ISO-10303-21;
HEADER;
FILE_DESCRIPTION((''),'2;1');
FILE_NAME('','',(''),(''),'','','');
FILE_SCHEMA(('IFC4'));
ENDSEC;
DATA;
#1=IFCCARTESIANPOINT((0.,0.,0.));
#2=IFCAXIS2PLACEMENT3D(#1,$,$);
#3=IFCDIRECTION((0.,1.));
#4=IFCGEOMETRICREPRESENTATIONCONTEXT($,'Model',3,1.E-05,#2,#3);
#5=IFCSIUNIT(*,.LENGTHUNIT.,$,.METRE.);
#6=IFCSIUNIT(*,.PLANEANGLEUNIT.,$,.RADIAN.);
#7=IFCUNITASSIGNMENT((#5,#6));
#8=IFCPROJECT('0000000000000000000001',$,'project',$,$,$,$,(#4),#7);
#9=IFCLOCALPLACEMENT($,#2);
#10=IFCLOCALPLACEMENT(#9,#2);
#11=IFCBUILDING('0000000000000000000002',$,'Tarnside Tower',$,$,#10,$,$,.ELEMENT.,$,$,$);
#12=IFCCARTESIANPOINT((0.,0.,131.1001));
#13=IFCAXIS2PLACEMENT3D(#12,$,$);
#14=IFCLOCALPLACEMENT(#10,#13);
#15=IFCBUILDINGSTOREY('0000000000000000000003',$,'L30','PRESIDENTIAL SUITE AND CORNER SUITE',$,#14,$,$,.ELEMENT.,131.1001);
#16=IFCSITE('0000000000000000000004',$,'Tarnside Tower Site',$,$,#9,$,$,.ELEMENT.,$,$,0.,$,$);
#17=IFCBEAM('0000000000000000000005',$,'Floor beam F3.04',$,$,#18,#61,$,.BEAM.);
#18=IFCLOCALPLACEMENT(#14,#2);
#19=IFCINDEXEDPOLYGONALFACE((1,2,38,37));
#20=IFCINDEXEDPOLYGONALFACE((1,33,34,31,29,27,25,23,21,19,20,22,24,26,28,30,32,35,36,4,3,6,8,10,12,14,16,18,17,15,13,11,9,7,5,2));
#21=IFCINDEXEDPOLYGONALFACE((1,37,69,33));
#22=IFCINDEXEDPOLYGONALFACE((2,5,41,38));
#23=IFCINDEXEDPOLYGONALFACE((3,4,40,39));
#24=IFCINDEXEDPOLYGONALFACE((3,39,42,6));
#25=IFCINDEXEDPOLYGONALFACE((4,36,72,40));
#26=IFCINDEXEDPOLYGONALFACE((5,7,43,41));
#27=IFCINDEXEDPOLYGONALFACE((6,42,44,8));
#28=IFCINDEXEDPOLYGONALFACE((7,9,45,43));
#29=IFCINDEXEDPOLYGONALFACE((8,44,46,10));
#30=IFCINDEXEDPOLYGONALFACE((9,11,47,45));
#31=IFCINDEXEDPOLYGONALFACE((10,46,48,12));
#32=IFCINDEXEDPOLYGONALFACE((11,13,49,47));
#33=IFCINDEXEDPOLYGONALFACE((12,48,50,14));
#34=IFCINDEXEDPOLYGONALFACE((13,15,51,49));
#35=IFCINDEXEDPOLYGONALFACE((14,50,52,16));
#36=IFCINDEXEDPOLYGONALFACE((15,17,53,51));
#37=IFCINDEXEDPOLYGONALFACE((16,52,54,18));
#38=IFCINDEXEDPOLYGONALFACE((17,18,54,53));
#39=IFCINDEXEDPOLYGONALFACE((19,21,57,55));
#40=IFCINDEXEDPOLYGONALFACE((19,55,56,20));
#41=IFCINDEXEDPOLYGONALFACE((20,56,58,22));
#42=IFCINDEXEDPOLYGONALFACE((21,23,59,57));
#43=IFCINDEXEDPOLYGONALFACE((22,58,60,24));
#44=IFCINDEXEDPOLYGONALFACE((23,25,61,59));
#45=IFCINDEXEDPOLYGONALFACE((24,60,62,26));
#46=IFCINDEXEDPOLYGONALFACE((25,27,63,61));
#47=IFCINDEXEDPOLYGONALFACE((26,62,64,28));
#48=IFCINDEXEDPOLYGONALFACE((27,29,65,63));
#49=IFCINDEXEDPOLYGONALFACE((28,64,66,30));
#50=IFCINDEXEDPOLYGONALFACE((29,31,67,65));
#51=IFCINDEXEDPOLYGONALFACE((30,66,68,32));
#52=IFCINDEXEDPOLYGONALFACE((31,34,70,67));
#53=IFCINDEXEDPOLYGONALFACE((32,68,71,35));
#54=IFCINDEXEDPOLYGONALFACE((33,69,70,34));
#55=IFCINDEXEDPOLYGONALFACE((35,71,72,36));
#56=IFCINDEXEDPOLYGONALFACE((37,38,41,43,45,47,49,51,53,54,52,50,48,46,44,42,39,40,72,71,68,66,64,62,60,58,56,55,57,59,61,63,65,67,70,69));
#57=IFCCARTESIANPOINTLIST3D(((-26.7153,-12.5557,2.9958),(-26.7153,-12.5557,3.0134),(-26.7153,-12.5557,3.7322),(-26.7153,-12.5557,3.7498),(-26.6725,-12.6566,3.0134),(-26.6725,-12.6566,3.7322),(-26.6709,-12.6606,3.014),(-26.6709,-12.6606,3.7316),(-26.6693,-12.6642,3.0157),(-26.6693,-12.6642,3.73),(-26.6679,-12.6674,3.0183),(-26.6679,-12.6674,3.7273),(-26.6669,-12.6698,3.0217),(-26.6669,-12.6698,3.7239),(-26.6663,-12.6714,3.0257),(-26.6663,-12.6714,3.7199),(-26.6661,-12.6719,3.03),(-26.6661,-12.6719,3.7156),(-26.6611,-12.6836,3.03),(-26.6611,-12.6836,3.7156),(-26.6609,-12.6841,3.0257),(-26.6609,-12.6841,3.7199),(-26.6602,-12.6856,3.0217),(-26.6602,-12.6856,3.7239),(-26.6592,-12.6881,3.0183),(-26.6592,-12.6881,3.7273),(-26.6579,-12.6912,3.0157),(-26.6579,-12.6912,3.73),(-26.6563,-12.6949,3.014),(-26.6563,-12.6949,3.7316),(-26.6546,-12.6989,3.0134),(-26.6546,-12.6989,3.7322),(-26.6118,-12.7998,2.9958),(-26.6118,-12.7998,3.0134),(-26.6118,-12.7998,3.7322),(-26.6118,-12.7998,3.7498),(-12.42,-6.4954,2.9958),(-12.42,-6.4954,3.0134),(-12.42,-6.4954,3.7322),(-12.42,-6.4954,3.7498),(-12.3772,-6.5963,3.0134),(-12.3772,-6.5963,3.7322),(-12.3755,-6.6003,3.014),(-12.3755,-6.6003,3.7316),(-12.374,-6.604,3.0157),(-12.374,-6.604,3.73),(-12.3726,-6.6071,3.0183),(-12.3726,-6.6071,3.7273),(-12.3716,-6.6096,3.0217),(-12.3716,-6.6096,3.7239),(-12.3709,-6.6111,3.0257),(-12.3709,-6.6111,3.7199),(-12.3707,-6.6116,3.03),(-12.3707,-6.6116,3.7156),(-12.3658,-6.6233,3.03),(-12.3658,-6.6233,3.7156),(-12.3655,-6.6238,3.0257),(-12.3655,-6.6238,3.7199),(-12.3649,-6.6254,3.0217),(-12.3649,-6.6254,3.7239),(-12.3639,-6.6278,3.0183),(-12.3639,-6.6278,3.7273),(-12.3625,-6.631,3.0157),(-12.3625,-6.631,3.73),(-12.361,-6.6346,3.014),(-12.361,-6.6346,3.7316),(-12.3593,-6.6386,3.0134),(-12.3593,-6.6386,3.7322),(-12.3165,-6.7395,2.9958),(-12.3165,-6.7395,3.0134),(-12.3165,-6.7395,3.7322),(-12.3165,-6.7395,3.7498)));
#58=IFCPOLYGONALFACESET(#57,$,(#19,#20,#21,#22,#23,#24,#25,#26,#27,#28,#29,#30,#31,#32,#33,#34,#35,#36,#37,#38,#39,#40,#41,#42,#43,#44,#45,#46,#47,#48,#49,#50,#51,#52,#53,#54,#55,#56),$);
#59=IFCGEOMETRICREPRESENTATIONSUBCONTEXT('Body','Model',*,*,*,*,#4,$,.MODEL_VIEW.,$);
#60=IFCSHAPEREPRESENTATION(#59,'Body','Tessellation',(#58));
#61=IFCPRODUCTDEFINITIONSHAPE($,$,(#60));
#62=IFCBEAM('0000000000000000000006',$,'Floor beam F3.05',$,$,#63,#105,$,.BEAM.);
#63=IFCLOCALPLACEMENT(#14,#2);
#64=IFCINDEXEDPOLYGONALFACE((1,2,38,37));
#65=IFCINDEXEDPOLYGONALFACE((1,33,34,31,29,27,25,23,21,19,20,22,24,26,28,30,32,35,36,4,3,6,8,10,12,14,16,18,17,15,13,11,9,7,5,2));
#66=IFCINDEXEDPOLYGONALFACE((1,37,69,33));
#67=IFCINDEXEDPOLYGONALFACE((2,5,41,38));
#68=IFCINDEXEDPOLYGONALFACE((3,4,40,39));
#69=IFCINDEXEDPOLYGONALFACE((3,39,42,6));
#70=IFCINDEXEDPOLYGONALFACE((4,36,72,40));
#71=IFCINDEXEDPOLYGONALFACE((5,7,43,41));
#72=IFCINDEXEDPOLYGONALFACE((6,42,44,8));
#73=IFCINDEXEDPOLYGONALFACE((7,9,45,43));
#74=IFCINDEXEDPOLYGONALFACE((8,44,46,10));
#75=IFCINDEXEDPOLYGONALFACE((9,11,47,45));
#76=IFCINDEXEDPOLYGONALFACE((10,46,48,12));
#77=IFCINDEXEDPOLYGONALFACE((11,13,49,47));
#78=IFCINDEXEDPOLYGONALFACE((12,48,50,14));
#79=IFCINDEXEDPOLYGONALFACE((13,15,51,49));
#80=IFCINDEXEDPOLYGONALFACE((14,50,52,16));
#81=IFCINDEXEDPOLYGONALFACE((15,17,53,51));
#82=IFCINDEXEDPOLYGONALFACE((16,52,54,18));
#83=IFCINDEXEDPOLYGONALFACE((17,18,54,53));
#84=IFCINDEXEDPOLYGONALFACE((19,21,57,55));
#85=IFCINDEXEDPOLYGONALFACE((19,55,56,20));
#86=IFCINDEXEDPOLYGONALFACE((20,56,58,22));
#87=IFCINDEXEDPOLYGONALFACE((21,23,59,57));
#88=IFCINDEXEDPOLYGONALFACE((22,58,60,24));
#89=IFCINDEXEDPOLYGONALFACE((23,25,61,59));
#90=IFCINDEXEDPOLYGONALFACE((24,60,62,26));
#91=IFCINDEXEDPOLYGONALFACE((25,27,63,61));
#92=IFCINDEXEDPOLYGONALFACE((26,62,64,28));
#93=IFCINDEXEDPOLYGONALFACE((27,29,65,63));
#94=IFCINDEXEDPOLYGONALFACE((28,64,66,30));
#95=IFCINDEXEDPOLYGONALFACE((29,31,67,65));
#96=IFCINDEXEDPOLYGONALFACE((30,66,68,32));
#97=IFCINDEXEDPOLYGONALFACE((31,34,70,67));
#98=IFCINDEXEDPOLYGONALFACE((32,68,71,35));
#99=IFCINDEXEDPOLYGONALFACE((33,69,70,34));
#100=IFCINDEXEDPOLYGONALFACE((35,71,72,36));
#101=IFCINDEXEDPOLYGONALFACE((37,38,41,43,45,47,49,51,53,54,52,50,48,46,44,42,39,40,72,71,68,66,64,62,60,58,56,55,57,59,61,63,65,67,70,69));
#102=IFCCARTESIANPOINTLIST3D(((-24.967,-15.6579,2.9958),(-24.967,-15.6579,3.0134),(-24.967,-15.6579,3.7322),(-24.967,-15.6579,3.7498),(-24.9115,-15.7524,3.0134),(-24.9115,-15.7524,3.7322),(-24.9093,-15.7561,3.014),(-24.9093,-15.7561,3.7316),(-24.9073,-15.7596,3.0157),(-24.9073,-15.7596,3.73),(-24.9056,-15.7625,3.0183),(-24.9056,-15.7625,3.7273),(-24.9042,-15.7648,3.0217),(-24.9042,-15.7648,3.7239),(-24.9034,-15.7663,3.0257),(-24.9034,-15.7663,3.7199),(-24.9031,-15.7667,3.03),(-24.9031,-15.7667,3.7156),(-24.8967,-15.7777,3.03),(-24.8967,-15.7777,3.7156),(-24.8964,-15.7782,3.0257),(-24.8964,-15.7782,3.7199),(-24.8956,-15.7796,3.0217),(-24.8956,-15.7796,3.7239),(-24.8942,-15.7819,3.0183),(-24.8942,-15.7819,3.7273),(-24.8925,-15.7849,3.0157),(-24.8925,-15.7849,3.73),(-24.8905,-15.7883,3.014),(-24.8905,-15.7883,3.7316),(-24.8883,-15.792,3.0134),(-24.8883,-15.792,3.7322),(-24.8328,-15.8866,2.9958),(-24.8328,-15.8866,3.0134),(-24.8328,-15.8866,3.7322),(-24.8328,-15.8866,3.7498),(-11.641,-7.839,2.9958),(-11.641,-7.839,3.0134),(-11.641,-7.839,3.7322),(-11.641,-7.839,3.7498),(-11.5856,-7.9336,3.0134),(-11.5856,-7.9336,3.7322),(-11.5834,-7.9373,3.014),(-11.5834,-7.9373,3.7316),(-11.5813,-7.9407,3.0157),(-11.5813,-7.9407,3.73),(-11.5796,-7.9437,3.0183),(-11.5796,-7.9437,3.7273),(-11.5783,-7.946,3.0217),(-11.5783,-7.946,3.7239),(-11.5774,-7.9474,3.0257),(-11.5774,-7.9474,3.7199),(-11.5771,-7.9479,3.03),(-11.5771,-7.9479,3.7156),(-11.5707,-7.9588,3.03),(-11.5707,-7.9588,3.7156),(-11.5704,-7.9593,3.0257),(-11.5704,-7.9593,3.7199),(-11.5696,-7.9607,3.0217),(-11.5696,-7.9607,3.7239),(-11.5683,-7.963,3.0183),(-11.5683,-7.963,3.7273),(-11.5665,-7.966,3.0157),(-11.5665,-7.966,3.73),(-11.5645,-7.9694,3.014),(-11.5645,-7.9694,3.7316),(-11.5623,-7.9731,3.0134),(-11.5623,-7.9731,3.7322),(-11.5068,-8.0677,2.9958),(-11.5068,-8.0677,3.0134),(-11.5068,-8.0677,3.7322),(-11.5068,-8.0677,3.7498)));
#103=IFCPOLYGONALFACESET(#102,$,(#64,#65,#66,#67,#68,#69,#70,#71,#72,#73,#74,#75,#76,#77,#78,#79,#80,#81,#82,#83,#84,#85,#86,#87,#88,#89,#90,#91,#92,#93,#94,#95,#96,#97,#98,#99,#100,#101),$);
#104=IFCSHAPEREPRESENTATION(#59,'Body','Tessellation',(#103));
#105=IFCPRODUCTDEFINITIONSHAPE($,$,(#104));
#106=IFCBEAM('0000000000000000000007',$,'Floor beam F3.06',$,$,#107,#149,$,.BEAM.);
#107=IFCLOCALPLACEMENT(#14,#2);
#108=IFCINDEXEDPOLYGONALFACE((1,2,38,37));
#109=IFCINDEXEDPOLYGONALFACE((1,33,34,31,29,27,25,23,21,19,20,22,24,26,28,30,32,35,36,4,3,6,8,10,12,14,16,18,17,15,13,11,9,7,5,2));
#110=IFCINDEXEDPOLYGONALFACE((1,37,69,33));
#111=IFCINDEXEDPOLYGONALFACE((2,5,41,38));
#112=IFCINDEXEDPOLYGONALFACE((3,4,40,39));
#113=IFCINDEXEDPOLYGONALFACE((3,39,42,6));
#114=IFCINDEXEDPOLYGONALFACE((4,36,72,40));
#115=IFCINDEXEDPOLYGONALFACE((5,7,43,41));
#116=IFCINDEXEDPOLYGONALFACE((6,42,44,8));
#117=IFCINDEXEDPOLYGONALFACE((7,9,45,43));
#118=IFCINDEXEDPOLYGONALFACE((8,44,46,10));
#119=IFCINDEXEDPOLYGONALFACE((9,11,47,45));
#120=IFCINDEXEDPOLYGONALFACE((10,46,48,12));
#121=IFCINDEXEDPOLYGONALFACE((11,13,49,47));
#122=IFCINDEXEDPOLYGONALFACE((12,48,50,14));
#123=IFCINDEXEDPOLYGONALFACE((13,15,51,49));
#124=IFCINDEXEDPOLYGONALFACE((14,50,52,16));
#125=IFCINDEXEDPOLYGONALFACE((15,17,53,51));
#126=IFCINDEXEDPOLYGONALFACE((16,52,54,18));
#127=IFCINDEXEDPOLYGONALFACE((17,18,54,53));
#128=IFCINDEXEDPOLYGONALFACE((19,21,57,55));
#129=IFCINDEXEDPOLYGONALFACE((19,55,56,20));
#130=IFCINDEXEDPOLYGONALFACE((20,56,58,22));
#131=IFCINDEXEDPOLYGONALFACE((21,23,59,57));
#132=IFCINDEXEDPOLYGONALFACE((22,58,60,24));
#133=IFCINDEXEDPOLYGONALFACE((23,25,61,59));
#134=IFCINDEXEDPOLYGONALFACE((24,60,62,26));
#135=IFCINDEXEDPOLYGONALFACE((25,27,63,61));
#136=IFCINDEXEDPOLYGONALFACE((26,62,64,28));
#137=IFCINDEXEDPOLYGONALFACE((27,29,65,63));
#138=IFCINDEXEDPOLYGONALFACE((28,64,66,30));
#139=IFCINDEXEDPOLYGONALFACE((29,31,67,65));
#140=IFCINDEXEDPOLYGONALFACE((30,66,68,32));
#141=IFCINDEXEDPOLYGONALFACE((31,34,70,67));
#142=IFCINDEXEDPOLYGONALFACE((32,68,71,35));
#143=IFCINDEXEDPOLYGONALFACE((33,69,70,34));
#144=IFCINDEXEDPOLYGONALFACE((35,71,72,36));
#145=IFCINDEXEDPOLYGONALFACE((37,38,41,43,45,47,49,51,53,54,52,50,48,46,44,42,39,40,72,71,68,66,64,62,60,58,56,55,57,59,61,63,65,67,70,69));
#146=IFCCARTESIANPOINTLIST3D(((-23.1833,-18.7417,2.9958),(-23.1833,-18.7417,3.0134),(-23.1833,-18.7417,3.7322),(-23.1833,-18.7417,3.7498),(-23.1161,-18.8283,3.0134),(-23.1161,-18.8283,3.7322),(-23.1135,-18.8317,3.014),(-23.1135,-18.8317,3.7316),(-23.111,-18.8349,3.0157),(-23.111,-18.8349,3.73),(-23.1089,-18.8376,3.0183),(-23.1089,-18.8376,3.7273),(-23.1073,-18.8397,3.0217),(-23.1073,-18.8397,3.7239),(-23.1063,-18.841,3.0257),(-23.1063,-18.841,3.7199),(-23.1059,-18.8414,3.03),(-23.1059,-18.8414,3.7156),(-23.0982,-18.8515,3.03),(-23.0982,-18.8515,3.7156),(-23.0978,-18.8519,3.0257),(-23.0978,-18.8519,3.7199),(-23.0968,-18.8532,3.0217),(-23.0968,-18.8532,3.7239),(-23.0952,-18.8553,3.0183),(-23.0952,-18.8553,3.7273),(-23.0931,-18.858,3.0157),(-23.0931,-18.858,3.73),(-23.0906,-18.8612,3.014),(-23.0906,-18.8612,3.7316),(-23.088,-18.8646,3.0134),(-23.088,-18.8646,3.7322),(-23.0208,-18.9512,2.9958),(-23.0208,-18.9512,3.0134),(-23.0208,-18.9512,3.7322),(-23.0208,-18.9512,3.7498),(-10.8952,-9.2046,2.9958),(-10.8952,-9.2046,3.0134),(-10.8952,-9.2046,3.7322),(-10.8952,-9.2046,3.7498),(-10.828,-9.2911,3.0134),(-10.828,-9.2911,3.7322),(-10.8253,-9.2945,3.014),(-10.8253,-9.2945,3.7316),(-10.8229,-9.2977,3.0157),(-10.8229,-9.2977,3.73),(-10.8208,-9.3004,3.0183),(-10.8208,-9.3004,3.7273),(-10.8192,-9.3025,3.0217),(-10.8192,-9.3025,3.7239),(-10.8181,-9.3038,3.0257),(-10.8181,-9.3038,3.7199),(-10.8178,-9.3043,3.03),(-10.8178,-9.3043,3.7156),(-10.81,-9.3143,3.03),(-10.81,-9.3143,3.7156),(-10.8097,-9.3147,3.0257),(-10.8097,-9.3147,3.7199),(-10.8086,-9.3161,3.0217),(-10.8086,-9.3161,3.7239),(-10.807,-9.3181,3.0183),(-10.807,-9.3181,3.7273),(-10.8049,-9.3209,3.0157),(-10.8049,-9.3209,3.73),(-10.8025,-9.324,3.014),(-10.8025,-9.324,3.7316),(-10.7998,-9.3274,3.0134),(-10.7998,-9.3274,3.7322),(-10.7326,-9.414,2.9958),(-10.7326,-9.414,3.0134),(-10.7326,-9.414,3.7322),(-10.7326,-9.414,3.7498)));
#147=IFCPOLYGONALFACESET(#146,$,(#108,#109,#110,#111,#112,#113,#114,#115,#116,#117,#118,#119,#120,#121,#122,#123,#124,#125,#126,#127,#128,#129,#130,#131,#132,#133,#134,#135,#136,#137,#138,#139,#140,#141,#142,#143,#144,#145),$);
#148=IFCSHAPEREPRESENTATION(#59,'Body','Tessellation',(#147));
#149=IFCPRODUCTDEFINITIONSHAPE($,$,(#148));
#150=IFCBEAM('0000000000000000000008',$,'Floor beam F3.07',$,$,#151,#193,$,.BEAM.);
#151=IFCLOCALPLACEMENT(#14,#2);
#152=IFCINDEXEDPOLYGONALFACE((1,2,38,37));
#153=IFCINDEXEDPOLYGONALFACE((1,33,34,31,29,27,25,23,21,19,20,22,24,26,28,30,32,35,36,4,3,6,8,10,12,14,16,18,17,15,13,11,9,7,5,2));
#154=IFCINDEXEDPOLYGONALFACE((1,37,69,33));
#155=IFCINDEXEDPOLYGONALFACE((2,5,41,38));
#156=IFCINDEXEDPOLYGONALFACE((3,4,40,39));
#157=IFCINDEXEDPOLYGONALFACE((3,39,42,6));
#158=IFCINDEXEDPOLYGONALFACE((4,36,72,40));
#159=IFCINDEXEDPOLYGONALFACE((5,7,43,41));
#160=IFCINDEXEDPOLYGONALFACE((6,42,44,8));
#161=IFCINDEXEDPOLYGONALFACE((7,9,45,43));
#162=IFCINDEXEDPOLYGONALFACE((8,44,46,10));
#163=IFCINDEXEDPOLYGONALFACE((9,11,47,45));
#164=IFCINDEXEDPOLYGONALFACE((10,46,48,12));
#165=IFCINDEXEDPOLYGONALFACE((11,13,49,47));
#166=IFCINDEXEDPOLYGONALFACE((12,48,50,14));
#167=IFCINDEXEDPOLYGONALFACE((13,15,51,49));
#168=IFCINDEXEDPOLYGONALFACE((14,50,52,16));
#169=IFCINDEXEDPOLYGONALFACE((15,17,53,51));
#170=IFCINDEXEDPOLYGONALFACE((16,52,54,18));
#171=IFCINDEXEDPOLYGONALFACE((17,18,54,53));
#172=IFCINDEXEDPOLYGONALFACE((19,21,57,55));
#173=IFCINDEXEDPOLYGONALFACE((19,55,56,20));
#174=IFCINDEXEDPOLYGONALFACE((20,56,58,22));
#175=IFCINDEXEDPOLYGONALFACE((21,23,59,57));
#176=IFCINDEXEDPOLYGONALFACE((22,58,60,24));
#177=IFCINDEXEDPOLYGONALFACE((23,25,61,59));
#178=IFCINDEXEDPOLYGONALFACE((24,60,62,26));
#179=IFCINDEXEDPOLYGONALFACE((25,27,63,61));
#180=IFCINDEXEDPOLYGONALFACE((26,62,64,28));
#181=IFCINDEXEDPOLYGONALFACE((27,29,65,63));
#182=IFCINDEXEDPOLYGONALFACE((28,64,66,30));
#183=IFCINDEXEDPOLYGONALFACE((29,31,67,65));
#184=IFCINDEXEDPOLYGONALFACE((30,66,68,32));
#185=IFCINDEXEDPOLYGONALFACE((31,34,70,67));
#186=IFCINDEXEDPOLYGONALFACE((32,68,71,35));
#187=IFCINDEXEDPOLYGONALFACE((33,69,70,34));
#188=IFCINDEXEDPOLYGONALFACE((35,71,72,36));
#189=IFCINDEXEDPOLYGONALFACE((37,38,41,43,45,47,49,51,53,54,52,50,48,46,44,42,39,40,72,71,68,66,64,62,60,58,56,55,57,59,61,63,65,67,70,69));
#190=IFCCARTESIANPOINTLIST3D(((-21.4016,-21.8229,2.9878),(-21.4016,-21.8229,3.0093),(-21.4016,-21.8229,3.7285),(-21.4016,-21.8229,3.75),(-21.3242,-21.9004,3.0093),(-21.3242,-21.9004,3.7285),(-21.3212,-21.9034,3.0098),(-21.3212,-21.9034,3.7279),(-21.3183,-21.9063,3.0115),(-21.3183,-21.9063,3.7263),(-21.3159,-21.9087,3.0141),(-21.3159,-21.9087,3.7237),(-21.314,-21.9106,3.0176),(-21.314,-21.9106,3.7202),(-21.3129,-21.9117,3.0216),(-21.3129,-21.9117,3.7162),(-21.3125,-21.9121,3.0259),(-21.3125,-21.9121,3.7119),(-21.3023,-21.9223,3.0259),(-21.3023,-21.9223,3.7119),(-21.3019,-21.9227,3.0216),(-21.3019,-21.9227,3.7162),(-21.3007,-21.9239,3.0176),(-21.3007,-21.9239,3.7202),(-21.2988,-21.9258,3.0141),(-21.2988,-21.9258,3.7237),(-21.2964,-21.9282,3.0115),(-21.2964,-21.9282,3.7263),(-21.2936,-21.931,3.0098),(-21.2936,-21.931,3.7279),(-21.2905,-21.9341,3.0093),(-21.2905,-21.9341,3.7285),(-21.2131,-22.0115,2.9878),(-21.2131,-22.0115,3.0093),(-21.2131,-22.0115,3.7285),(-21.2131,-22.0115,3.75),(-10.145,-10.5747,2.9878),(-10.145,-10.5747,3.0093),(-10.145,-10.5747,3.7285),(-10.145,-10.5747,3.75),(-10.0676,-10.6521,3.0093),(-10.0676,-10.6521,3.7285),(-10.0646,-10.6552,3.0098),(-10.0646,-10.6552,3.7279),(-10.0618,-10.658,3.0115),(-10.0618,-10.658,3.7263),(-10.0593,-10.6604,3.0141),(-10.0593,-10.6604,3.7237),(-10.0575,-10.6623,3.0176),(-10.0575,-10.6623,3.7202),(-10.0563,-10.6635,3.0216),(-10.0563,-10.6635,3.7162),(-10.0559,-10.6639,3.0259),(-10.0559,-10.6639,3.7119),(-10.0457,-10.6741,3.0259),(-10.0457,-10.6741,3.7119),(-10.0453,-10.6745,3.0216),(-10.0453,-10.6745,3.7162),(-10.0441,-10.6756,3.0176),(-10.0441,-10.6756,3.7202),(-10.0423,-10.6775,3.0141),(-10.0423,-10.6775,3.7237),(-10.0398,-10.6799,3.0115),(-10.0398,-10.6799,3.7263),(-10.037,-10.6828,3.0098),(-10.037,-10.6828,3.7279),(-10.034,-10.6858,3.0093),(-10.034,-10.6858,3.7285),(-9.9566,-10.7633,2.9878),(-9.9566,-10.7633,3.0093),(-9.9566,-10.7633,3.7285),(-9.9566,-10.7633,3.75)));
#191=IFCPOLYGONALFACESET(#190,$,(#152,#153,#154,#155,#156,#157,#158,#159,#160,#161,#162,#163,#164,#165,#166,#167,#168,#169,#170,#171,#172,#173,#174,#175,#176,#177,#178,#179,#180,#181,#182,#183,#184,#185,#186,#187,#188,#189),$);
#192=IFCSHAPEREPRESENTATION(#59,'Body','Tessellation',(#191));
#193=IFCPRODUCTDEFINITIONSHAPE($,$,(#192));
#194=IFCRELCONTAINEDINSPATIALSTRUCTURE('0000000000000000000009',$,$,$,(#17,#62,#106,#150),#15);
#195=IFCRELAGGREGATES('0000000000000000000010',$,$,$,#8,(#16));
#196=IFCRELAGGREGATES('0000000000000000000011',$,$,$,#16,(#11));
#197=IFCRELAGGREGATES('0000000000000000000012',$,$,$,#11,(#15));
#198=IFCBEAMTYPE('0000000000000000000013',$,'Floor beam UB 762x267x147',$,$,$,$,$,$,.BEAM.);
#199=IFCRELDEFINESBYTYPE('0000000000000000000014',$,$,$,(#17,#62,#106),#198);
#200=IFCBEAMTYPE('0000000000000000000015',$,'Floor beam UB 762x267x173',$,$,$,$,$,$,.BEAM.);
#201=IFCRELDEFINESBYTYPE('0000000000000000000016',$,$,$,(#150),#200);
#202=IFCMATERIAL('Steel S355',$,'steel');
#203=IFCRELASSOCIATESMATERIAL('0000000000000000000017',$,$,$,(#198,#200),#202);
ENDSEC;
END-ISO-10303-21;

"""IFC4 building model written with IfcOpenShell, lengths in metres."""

from ifc_helpers import new_model, si_unit, direction, frame, origin, origin_2d, place, context, subcontext, project, spatial, i_section, extrude, material, material_profile, profile_set, type_object, element, save


model = new_model("IFC4")

# Units and contexts
model_context = context("Model", 3, precision=1e-05, world=origin(), true_north=direction((0.0, 1.0)))
body_context = subcontext(model_context, "Body", "Model", "MODEL_VIEW")
ifc_project = project(units=[si_unit("LENGTHUNIT", "METRE"), si_unit("PLANEANGLEUNIT", "RADIAN")], contexts=[model_context])

# Site, building, storey
site_placement = place(None, origin())
site = spatial("IfcSite", under=ifc_project, at=site_placement, Name="Tarnside Tower Site", CompositionType="ELEMENT", RefElevation=0.0)
building_placement = place(site_placement, origin())
building = spatial("IfcBuilding", under=site, at=building_placement, Name="Tarnside Tower", CompositionType="ELEMENT")
storey_placement = place(building_placement, frame((0.0, 0.0, 131.1001)))
storey = spatial("IfcBuildingStorey", under=building, at=storey_placement, Name="L30", Description="PRESIDENTIAL SUITE AND CORNER SUITE", CompositionType="ELEMENT", Elevation=131.1001)

# Beams
ifc_material_1 = material(Name="Steel S355", Category="steel")
ifc_material_profile_1 = material_profile(ifc_material_1, i_section(OverallWidth=0.2651, OverallDepth=0.7539, WebThickness=0.0127, FlangeThickness=0.0176, FilletRadius=0.0166, at=origin_2d()), Name="UB 762x267x147")
ifc_profile_set_1 = profile_set([ifc_material_profile_1], Name="Steel S355")
beam_type_1 = type_object("IfcBeamType", Name="Floor beam UB 762x267x147", PredefinedType="BEAM", material=ifc_profile_set_1)
beam_1_placement = place(storey_placement, frame((-26.6636, -12.6777, 3.3728), z_axis=(0.920684, 0.390309, 0.0), x_axis=(-0.390309, 0.920684, 0.0)))
element("IfcBeam", 1, at=beam_1_placement, inside=storey, type_object=beam_type_1, Name="Floor beam F3.04", PredefinedType="BEAM", context=body_context, shape_type="SweptSolid", body=[
    extrude(i_section(OverallWidth=0.2651, OverallDepth=0.7539, WebThickness=0.0127, FlangeThickness=0.0176, FilletRadius=0.0166, at=origin_2d()), origin(), (0.0, 0.0, 1.0), 15.5269),
])
beam_2_placement = place(storey_placement, frame((-24.8999, -15.7722, 3.3728), z_axis=(0.862498, 0.506061, 0.0), x_axis=(-0.506061, 0.862498, 0.0)))
element("IfcBeam", 2, at=beam_2_placement, inside=storey, type_object=beam_type_1, Name="Floor beam F3.05", PredefinedType="BEAM", context=body_context, shape_type="SweptSolid", body=[
    extrude(i_section(OverallWidth=0.2651, OverallDepth=0.7539, WebThickness=0.0127, FlangeThickness=0.0176, FilletRadius=0.0166, at=origin_2d()), origin(), (0.0, 0.0, 1.0), 15.4504),
])
beam_3_placement = place(storey_placement, frame((-23.1021, -18.8464, 3.3728), z_axis=(0.789984, 0.613128, 0.0), x_axis=(-0.613128, 0.789984, 0.0)))
element("IfcBeam", 3, at=beam_3_placement, inside=storey, type_object=beam_type_1, Name="Floor beam F3.06", PredefinedType="BEAM", context=body_context, shape_type="SweptSolid", body=[
    extrude(i_section(OverallWidth=0.2651, OverallDepth=0.7539, WebThickness=0.0127, FlangeThickness=0.0176, FilletRadius=0.0166, at=origin_2d()), origin(), (0.0, 0.0, 1.0), 15.5549),
])
ifc_material_profile_2 = material_profile(ifc_material_1, i_section(OverallWidth=0.2666, OverallDepth=0.7622, WebThickness=0.0144, FlangeThickness=0.0215, FilletRadius=0.0166, at=origin_2d()), Name="UB 762x267x173")
ifc_profile_set_2 = profile_set([ifc_material_profile_2], Name="Steel S355")
beam_type_2 = type_object("IfcBeamType", Name="Floor beam UB 762x267x173", PredefinedType="BEAM", material=ifc_profile_set_2)
beam_4_placement = place(storey_placement, frame((-21.3074, -21.9172, 3.3689), z_axis=(0.707368, 0.706846, 0.0), x_axis=(-0.706846, 0.707368, 0.0)))
element("IfcBeam", 4, at=beam_4_placement, inside=storey, type_object=beam_type_2, Name="Floor beam F3.07", PredefinedType="BEAM", context=body_context, shape_type="SweptSolid", body=[
    extrude(i_section(OverallWidth=0.2666, OverallDepth=0.7622, WebThickness=0.0144, FlangeThickness=0.0215, FilletRadius=0.0166, at=origin_2d()), origin(), (0.0, 0.0, 1.0), 15.9133),
])

save(model, "model.ifc")
